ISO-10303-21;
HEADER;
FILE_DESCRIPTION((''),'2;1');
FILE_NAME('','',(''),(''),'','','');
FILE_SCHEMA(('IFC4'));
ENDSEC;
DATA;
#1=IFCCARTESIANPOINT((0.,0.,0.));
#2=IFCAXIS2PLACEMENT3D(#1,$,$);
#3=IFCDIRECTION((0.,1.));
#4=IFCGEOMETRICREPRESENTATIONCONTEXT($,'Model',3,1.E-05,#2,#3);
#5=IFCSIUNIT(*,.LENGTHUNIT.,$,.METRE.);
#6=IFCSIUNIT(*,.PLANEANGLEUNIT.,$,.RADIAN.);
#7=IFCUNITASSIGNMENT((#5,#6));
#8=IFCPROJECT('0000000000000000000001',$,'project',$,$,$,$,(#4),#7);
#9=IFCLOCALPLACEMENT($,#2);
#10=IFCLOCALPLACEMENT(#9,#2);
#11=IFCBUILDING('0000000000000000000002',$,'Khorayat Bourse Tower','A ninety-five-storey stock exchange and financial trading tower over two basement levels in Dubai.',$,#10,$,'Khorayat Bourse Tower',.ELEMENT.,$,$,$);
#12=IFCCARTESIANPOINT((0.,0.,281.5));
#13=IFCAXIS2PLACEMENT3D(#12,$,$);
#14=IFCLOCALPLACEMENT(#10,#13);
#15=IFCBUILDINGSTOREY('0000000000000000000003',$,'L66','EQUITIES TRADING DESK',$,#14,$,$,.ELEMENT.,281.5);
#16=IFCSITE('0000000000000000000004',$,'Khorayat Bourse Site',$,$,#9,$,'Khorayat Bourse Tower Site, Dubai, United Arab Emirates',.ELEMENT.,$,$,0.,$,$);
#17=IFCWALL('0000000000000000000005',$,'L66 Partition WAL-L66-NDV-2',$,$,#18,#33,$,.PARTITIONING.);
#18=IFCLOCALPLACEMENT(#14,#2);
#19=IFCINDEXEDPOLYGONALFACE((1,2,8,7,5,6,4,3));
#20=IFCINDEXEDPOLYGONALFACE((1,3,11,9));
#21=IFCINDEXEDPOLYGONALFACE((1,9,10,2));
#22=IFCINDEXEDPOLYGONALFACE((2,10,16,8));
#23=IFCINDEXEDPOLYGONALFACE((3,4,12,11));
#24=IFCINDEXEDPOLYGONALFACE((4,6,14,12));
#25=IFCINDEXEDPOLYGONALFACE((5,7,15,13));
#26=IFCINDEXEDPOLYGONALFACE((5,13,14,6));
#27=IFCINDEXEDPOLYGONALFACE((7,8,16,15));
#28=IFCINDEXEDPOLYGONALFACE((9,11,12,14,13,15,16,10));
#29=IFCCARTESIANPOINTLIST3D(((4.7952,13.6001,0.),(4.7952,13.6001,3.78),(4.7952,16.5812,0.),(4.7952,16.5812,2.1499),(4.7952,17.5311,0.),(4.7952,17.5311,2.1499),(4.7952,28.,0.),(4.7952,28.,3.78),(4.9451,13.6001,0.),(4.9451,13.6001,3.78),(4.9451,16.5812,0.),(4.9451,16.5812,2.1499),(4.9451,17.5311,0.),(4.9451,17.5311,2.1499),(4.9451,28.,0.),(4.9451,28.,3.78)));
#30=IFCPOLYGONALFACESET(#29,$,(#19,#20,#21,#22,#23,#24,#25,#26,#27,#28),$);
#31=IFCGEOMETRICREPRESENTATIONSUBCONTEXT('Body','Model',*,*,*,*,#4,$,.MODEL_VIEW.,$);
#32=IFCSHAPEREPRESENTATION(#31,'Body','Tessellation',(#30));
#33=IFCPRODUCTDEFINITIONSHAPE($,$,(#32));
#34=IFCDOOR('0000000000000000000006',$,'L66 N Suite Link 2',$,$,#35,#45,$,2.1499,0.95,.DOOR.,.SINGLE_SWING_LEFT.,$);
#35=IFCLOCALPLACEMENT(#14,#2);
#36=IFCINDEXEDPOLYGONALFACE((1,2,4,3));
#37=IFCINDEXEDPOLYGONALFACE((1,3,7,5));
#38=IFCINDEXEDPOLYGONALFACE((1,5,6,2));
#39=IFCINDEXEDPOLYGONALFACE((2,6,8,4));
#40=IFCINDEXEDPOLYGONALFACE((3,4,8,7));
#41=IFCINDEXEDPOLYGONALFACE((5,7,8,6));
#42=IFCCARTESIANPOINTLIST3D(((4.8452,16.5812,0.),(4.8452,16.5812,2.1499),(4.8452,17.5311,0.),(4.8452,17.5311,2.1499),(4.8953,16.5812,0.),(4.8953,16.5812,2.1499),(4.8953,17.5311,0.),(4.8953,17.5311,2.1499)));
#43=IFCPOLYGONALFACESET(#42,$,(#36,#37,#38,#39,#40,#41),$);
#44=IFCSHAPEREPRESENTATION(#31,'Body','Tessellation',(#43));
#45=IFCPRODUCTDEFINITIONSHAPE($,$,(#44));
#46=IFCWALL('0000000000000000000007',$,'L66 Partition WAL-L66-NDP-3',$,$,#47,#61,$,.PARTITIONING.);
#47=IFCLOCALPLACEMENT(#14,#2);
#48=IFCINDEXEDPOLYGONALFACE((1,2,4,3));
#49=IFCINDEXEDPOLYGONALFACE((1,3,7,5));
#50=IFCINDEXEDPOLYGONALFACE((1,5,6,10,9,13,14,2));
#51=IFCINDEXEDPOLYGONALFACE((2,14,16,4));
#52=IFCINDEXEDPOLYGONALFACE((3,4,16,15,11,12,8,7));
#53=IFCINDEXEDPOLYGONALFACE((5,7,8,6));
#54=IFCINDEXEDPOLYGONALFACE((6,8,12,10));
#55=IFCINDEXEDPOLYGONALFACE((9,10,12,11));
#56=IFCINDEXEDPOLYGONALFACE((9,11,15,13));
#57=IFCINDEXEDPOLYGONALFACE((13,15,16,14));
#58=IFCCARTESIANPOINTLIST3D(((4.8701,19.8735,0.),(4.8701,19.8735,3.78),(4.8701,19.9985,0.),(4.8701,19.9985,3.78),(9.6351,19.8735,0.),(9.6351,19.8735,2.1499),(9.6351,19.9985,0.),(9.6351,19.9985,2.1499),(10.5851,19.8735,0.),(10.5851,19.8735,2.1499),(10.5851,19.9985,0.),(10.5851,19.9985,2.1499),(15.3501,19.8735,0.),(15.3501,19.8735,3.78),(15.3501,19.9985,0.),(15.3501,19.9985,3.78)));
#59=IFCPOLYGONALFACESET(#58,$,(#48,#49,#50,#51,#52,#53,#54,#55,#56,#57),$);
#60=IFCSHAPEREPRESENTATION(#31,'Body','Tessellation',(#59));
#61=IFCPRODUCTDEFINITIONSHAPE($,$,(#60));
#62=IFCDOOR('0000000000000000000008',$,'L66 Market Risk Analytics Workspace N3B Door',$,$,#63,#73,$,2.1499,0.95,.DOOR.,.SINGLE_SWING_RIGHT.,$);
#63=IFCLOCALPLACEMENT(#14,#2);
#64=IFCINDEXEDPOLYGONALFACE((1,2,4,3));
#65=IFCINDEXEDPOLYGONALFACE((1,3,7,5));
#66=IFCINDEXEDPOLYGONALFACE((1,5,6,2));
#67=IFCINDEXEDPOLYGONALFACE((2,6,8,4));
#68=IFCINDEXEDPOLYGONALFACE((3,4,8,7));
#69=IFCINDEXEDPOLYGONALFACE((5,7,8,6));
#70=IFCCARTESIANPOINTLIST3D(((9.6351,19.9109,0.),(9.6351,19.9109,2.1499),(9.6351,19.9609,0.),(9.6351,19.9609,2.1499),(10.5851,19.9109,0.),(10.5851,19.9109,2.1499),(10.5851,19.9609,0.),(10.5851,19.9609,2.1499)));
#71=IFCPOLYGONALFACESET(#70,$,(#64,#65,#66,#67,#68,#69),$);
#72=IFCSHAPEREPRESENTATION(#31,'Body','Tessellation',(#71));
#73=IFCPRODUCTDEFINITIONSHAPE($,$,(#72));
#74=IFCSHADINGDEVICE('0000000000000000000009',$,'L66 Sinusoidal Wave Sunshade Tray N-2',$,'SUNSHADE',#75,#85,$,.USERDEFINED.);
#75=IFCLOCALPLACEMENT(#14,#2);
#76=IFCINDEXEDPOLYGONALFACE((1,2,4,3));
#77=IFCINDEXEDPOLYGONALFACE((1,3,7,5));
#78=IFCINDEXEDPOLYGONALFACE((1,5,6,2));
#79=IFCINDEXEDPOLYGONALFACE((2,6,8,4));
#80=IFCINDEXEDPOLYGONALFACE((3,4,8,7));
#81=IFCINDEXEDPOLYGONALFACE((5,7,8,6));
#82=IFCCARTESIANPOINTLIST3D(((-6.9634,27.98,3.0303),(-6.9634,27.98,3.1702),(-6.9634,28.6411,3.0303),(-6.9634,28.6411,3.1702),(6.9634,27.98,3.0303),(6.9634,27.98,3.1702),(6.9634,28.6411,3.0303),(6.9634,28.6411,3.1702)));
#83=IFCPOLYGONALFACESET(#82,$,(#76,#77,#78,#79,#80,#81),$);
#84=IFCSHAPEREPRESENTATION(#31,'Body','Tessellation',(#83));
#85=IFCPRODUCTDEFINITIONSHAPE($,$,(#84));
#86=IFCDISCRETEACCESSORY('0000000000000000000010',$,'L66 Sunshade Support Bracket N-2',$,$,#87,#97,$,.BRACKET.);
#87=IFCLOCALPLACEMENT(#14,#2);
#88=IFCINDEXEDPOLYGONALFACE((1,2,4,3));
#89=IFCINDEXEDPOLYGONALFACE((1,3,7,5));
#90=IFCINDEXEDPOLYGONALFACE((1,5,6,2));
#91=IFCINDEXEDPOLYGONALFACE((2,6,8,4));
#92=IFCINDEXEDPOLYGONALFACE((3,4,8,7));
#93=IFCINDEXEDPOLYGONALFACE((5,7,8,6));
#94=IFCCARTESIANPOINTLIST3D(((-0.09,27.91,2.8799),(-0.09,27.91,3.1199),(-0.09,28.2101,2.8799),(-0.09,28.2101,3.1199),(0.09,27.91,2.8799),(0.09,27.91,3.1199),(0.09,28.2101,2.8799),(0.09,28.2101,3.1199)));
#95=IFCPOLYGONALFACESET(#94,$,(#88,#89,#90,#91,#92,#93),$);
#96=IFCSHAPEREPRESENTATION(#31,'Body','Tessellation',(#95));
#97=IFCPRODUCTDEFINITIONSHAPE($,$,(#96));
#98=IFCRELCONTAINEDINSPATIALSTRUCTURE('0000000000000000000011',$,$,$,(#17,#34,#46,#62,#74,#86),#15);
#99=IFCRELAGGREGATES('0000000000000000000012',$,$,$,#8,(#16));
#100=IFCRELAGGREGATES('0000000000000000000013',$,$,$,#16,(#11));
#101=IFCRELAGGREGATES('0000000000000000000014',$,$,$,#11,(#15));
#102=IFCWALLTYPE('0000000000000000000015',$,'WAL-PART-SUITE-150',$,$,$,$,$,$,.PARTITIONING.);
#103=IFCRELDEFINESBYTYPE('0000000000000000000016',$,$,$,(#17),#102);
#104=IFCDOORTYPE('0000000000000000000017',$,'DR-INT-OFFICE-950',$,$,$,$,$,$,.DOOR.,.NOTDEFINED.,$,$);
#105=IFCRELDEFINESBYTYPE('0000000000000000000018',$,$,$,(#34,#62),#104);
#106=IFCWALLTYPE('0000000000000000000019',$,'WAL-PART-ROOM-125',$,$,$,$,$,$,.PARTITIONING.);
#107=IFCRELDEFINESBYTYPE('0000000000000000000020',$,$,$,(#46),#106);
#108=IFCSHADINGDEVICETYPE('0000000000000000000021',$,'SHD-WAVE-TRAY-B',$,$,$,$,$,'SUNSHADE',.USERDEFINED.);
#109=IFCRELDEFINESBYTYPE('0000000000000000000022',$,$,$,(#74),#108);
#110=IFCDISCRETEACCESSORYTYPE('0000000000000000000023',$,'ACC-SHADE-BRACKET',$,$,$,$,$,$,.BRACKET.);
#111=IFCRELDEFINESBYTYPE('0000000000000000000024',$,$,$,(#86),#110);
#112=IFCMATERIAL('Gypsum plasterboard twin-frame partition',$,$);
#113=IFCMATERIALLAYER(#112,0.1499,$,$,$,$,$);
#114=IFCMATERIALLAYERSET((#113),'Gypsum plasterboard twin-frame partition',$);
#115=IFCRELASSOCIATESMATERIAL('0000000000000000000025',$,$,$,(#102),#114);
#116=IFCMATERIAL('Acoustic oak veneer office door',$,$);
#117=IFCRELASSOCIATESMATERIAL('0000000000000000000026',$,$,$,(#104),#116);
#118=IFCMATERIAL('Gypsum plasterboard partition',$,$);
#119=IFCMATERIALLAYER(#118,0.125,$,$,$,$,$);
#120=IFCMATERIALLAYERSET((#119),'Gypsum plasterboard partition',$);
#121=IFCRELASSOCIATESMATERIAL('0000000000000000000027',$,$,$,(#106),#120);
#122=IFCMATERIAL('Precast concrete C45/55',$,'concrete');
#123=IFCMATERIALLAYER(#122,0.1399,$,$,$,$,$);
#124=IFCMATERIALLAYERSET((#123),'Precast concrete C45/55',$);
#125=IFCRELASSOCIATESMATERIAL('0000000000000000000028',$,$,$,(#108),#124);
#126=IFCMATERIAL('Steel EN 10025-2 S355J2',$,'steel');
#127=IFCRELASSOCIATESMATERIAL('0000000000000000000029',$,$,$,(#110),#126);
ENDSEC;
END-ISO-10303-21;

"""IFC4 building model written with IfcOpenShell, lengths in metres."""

from ifc_helpers import new_model, si_unit, direction, frame, frame_2d, origin, origin_2d, place, context, subcontext, project, spatial, rectangle, extrude, source, transform, mapped, material, layer, layer_set, type_object, element, fill, save


model = new_model("IFC4")

# Units and contexts
model_context = context("Model", 3, precision=1e-05, world=origin(), true_north=direction((0.0, 1.0)))
body_context = subcontext(model_context, "Body", "Model", "MODEL_VIEW")
ifc_project = project(units=[si_unit("LENGTHUNIT", "METRE"), si_unit("PLANEANGLEUNIT", "RADIAN")], contexts=[model_context])

# Site, building, storey
site_placement = place(None, origin())
site = spatial("IfcSite", under=ifc_project, at=site_placement, Name="Khorayat Bourse Site", LongName="Khorayat Bourse Tower Site, Dubai, United Arab Emirates", CompositionType="ELEMENT", RefElevation=0.0)
building_placement = place(site_placement, origin())
building = spatial("IfcBuilding", under=site, at=building_placement, Name="Khorayat Bourse Tower", Description="A ninety-five-storey stock exchange and financial trading tower over two basement levels in Dubai.", LongName="Khorayat Bourse Tower", CompositionType="ELEMENT")
storey_placement = place(building_placement, frame((0.0, 0.0, 281.5)))
storey = spatial("IfcBuildingStorey", under=building, at=storey_placement, Name="L66", Description="EQUITIES TRADING DESK", CompositionType="ELEMENT", Elevation=281.5)

# Shared definitions
ifc_material_1 = material(Name="Steel EN 10025-2 S355J2", Category="steel")

# Walls, openings, doors
ifc_material_2 = material(Name="Gypsum plasterboard twin-frame partition")
ifc_layer_1 = layer(ifc_material_2, 0.1499)
ifc_layer_set_1 = layer_set([ifc_layer_1], Name="Gypsum plasterboard twin-frame partition")
wall_type_1 = type_object("IfcWallType", Name="WAL-PART-SUITE-150", PredefinedType="PARTITIONING", material=ifc_layer_set_1)
shared_shape_1 = source(origin(), body_context, "Body", "SweptSolid", [
    extrude(rectangle(XDim=14.3999, YDim=0.1499, at=frame_2d((7.2, 0.0))), origin(), (0.0, 0.0, 1.0), 3.78),
])
wall_1_placement = place(storey_placement, frame((4.8701, 13.6001, 0.0), z_axis=(0.0, 0.0, 1.0), x_axis=(0.0, 1.0, 0.0)))
wall_1 = element("IfcWall", 1, at=wall_1_placement, inside=storey, type_object=wall_type_1, Name="L66 Partition WAL-L66-NDV-2", PredefinedType="PARTITIONING", context=body_context, shape_type="MappedRepresentation", body=[
    mapped(shared_shape_1, transform((0.0, 0.0, 0.0), scale=1.0)),
])
shared_shape_2 = source(origin(), body_context, "Body", "SweptSolid", [
    extrude(rectangle(XDim=0.95, YDim=2.1499, at=frame_2d((0.4751, 1.075))), frame((0.0, 0.085, 0.0), z_axis=(0.0, -1.0, 0.0), x_axis=(1.0, 0.0, 0.0)), (0.0, 0.0, 1.0), 0.1699),
])
opening_1_placement = place(wall_1_placement, frame((2.981, 0.0, 0.0)))
opening_1 = element("IfcOpeningElement", 2, at=opening_1_placement, cuts=wall_1, PredefinedType="OPENING", context=body_context, shape_type="MappedRepresentation", body=[
    mapped(shared_shape_2, transform((0.0, 0.0, 0.0), scale=1.0)),
])
ifc_material_3 = material(Name="Acoustic oak veneer office door")
door_type_1 = type_object("IfcDoorType", Name="DR-INT-OFFICE-950", OperationType="NOTDEFINED", PredefinedType="DOOR", material=ifc_material_3)
shared_shape_3 = source(origin(), body_context, "Body", "SweptSolid", [
    extrude(rectangle(XDim=0.95, YDim=2.1499, at=frame_2d((0.4751, 1.075))), frame((0.0, 0.0249, 0.0), z_axis=(0.0, -1.0, 0.0), x_axis=(1.0, 0.0, 0.0)), (0.0, 0.0, 1.0), 0.05),
])
door_1_placement = place(opening_1_placement, origin())
door_1 = element("IfcDoor", 3, at=door_1_placement, inside=storey, type_object=door_type_1, Name="L66 N Suite Link 2", OperationType="SINGLE_SWING_LEFT", OverallHeight=2.1499, OverallWidth=0.95, PredefinedType="DOOR", context=body_context, shape_type="MappedRepresentation", body=[
    mapped(shared_shape_3, transform((0.0, 0.0, 0.0), scale=1.0)),
])
fill(opening_1, door_1)
ifc_material_4 = material(Name="Gypsum plasterboard partition")
ifc_layer_2 = layer(ifc_material_4, 0.125)
ifc_layer_set_2 = layer_set([ifc_layer_2], Name="Gypsum plasterboard partition")
wall_type_2 = type_object("IfcWallType", Name="WAL-PART-ROOM-125", PredefinedType="PARTITIONING", material=ifc_layer_set_2)
shared_shape_4 = source(origin(), body_context, "Body", "SweptSolid", [
    extrude(rectangle(XDim=10.48, YDim=0.125, at=frame_2d((5.24, 0.0))), origin(), (0.0, 0.0, 1.0), 3.78),
])
wall_2_placement = place(storey_placement, frame((4.8701, 19.936, 0.0), z_axis=(0.0, 0.0, 1.0), x_axis=(1.0, 0.0, 0.0)))
wall_2 = element("IfcWall", 4, at=wall_2_placement, inside=storey, type_object=wall_type_2, Name="L66 Partition WAL-L66-NDP-3", PredefinedType="PARTITIONING", context=body_context, shape_type="MappedRepresentation", body=[
    mapped(shared_shape_4, transform((0.0, 0.0, 0.0), scale=1.0)),
])
shared_shape_5 = source(origin(), body_context, "Body", "SweptSolid", [
    extrude(rectangle(XDim=0.95, YDim=2.1499, at=frame_2d((0.4751, 1.075))), frame((0.0, 0.0725, 0.0), z_axis=(0.0, -1.0, 0.0), x_axis=(1.0, 0.0, 0.0)), (0.0, 0.0, 1.0), 0.145),
])
opening_2_placement = place(wall_2_placement, frame((4.7649, 0.0, 0.0)))
opening_2 = element("IfcOpeningElement", 5, at=opening_2_placement, cuts=wall_2, PredefinedType="OPENING", context=body_context, shape_type="MappedRepresentation", body=[
    mapped(shared_shape_5, transform((0.0, 0.0, 0.0), scale=1.0)),
])
door_2_placement = place(opening_2_placement, origin())
door_2 = element("IfcDoor", 6, at=door_2_placement, inside=storey, type_object=door_type_1, Name="L66 Market Risk Analytics Workspace N3B Door", OperationType="SINGLE_SWING_RIGHT", OverallHeight=2.1499, OverallWidth=0.95, PredefinedType="DOOR", context=body_context, shape_type="MappedRepresentation", body=[
    mapped(shared_shape_3, transform((0.0, 0.0, 0.0), scale=1.0)),
])
fill(opening_2, door_2)

# Shading device
ifc_material_5 = material(Name="Precast concrete C45/55", Category="concrete")
ifc_layer_3 = layer(ifc_material_5, 0.1399)
ifc_layer_set_3 = layer_set([ifc_layer_3], Name="Precast concrete C45/55")
shading_device_type = type_object("IfcShadingDeviceType", Name="SHD-WAVE-TRAY-B", ElementType="SUNSHADE", PredefinedType="USERDEFINED", material=ifc_layer_set_3)
shared_shape_6 = source(origin(), body_context, "Body", "SweptSolid", [
    extrude(rectangle(XDim=13.9268, YDim=0.6611, at=origin_2d()), origin(), (0.0, 0.0, 1.0), 0.1399),
])
shading_device_placement = place(storey_placement, frame((0.0, 28.3105, 3.0303), z_axis=(0.0, 0.0, 1.0), x_axis=(1.0, 0.0, 0.0)))
element("IfcShadingDevice", 7, at=shading_device_placement, inside=storey, type_object=shading_device_type, Name="L66 Sinusoidal Wave Sunshade Tray N-2", ObjectType="SUNSHADE", PredefinedType="USERDEFINED", context=body_context, shape_type="MappedRepresentation", body=[
    mapped(shared_shape_6, transform((0.0, 0.0, 0.0), scale=1.0)),
])

# Discrete accessory
discrete_accessory_type = type_object("IfcDiscreteAccessoryType", Name="ACC-SHADE-BRACKET", PredefinedType="BRACKET", material=ifc_material_1)
shared_shape_7 = source(origin(), body_context, "Body", "SweptSolid", [
    extrude(rectangle(XDim=0.1799, YDim=0.3, at=origin_2d()), origin(), (0.0, 0.0, 1.0), 0.24),
])
discrete_accessory_placement = place(storey_placement, frame((0.0, 28.0601, 2.8799), z_axis=(0.0, 0.0, 1.0), x_axis=(1.0, 0.0, 0.0)))
element("IfcDiscreteAccessory", 8, at=discrete_accessory_placement, inside=storey, type_object=discrete_accessory_type, Name="L66 Sunshade Support Bracket N-2", PredefinedType="BRACKET", context=body_context, shape_type="MappedRepresentation", body=[
    mapped(shared_shape_7, transform((0.0, 0.0, 0.0), scale=1.0)),
])

save(model, "model.ifc")
